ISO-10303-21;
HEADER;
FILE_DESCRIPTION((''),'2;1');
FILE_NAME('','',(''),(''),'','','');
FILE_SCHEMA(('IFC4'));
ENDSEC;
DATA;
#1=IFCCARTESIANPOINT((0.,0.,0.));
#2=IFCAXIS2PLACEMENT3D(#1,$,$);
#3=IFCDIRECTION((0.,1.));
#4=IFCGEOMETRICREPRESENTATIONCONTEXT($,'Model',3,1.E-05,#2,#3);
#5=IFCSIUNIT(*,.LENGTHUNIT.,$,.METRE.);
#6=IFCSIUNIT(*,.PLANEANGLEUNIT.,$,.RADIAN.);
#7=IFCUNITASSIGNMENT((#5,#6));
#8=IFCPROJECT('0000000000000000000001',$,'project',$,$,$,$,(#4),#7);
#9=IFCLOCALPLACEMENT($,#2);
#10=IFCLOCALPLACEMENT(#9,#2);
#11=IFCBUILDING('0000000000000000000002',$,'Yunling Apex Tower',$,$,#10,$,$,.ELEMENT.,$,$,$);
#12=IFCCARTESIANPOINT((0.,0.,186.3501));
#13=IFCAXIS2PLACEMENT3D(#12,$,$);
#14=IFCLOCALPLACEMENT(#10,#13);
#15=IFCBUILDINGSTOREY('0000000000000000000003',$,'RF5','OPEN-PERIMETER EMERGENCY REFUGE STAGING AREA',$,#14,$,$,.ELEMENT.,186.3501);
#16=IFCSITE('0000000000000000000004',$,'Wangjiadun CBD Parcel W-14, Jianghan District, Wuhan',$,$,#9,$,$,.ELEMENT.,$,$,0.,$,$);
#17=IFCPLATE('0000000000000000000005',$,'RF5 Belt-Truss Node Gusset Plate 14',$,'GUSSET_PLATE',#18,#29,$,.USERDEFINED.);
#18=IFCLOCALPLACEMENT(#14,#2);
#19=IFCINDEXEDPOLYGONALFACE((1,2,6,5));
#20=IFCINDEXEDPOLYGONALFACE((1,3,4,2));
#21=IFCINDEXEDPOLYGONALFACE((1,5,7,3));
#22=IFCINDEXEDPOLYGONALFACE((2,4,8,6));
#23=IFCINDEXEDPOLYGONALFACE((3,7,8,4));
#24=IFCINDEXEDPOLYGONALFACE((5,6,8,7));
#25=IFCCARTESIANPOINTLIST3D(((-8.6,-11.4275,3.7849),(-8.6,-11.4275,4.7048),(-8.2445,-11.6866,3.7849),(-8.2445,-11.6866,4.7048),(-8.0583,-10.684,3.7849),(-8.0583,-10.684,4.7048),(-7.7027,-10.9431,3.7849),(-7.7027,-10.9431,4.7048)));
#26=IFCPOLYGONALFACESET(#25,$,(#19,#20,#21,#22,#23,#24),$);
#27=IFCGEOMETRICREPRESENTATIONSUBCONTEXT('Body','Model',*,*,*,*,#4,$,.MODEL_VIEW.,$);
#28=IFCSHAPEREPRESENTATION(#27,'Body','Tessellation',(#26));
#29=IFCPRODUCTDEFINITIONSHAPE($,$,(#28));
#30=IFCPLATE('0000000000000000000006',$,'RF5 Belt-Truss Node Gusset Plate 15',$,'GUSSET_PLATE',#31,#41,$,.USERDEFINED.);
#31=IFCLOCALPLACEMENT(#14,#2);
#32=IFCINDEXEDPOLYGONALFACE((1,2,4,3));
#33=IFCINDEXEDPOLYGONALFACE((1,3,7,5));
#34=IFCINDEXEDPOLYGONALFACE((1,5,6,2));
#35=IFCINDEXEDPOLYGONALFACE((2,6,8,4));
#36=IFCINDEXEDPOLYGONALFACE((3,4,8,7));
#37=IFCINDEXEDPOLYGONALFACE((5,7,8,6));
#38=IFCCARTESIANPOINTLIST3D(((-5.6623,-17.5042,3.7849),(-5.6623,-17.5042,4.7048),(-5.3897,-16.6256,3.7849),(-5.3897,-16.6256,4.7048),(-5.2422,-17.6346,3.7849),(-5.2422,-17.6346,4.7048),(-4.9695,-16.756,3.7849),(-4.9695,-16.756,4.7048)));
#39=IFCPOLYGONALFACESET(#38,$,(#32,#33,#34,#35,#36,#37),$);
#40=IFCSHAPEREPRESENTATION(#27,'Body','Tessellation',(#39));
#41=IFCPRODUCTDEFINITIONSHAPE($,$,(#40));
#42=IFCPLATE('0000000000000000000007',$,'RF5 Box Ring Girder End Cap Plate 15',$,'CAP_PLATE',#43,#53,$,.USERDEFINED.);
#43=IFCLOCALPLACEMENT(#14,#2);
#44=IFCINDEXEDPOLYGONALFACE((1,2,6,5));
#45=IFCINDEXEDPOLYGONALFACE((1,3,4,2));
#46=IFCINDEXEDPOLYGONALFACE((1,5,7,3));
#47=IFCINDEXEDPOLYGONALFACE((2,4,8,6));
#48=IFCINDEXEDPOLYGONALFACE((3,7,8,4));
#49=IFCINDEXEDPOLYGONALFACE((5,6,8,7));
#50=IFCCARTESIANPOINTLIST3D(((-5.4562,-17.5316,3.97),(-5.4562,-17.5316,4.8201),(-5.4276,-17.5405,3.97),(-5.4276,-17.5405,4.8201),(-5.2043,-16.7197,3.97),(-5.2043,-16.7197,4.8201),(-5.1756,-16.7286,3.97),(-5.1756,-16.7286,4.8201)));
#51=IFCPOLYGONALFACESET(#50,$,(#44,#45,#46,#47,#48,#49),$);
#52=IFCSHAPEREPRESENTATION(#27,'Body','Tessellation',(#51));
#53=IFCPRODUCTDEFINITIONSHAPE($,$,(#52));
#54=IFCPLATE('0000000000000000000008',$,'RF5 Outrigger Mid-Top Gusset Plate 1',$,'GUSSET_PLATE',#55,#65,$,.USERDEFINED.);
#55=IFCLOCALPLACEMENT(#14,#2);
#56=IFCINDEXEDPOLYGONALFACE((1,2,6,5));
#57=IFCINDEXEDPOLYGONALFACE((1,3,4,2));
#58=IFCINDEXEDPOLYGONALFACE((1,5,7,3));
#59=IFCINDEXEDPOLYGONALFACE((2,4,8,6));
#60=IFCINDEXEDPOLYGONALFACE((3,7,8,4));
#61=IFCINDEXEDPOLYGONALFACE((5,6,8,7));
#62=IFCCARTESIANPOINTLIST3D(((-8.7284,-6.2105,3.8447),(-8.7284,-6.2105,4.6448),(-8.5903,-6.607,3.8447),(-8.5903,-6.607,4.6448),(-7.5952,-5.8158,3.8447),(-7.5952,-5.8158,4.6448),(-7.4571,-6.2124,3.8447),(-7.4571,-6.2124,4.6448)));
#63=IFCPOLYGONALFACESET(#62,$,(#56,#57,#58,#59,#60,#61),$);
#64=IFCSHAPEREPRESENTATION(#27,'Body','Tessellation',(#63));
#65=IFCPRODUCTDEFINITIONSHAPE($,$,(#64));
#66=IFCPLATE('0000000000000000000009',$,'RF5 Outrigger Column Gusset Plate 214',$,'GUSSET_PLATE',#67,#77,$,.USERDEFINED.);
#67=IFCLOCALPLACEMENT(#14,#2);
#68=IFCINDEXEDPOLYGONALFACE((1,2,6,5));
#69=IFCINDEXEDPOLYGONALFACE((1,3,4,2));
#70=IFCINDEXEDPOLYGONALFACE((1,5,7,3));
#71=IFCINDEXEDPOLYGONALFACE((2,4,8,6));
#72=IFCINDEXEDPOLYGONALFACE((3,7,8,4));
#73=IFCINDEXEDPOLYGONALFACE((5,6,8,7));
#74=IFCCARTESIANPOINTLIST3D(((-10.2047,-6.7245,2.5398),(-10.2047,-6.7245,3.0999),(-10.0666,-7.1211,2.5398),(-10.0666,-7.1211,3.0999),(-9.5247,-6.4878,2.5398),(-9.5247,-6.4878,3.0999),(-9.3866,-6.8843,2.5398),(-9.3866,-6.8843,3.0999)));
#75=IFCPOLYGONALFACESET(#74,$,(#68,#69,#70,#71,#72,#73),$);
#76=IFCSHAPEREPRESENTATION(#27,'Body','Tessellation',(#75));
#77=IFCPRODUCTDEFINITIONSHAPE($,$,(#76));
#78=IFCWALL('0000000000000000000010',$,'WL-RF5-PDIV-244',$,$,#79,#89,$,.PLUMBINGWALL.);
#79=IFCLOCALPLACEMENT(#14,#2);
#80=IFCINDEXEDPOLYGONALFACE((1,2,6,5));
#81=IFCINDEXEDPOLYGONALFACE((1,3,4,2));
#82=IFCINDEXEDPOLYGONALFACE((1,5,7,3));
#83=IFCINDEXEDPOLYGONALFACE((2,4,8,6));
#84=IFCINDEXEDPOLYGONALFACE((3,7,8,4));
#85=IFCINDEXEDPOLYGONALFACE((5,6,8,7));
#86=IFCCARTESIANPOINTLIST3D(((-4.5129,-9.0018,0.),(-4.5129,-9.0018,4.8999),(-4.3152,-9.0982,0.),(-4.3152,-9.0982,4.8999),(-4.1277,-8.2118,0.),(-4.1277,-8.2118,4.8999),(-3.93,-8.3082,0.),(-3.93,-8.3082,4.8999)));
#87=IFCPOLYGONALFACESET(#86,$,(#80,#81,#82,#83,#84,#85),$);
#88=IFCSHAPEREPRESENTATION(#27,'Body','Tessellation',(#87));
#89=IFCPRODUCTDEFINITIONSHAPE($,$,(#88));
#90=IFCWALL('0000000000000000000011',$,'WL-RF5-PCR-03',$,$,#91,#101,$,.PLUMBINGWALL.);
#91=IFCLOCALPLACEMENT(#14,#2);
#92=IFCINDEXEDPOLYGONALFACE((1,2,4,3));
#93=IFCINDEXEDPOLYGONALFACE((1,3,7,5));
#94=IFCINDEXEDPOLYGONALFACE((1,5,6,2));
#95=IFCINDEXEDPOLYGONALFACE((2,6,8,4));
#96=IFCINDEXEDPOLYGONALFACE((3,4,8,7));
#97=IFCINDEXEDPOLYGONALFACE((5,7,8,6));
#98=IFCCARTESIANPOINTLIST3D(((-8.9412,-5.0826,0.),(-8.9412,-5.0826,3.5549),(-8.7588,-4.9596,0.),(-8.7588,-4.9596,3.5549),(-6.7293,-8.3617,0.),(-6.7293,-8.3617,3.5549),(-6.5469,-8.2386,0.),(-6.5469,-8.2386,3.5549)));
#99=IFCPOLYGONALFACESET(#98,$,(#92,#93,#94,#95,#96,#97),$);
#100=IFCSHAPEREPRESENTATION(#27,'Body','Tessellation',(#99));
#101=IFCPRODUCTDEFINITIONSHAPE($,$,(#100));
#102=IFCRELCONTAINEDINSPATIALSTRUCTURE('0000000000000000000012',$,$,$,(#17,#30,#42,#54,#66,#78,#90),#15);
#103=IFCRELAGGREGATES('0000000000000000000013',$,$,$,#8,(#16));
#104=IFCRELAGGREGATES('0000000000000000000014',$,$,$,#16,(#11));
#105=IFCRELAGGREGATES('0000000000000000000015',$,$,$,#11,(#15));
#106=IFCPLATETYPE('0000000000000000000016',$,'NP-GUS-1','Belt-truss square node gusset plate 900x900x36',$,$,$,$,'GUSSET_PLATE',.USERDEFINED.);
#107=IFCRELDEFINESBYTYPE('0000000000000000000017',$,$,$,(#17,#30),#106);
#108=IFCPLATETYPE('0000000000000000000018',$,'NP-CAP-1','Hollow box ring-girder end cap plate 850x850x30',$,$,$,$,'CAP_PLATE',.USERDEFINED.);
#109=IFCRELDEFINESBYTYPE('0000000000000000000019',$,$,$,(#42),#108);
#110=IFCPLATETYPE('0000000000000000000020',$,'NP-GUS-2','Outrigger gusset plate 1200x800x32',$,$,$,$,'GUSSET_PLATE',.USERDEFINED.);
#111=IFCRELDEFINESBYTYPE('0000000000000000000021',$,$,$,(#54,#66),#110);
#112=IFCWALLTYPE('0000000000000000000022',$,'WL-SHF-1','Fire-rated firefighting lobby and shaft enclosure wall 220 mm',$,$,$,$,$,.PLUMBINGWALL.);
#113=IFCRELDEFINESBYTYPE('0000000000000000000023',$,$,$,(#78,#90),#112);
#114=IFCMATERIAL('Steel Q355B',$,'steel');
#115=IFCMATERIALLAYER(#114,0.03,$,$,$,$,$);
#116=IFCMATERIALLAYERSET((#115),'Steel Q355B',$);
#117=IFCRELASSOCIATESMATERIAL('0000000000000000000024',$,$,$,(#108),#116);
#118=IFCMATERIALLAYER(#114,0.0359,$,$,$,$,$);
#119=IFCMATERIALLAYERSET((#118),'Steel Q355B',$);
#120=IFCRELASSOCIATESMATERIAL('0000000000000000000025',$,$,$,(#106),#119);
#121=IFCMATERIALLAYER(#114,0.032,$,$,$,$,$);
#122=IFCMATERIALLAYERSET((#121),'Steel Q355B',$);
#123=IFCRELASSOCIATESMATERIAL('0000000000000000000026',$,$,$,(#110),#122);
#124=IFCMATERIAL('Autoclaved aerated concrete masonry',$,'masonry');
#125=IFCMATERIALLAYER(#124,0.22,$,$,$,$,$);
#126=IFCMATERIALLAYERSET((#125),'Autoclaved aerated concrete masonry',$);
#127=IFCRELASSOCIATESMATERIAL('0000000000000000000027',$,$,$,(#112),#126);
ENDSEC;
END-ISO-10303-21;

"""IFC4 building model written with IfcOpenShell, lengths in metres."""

from ifc_helpers import new_model, si_unit, direction, frame, frame_2d, origin, origin_2d, place, context, subcontext, project, spatial, rectangle, extrude, source, transform, mapped, material, layer, layer_set, type_object, element, save


model = new_model("IFC4")

# Units and contexts
model_context = context("Model", 3, precision=1e-05, world=origin(), true_north=direction((0.0, 1.0)))
body_context = subcontext(model_context, "Body", "Model", "MODEL_VIEW")
ifc_project = project(units=[si_unit("LENGTHUNIT", "METRE"), si_unit("PLANEANGLEUNIT", "RADIAN")], contexts=[model_context])

# Site, building, storey
site_placement = place(None, origin())
site = spatial("IfcSite", under=ifc_project, at=site_placement, Name="Wangjiadun CBD Parcel W-14, Jianghan District, Wuhan", CompositionType="ELEMENT", RefElevation=0.0)
building_placement = place(site_placement, origin())
building = spatial("IfcBuilding", under=site, at=building_placement, Name="Yunling Apex Tower", CompositionType="ELEMENT")
storey_placement = place(building_placement, frame((0.0, 0.0, 186.3501)))
storey = spatial("IfcBuildingStorey", under=building, at=storey_placement, Name="RF5", Description="OPEN-PERIMETER EMERGENCY REFUGE STAGING AREA", CompositionType="ELEMENT", Elevation=186.3501)

# Shared definitions
ifc_material_1 = material(Name="Steel Q355B", Category="steel")

# Plates
ifc_layer_1 = layer(ifc_material_1, 0.03)
ifc_layer_set_1 = layer_set([ifc_layer_1], Name="Steel Q355B")
plate_type_1 = type_object("IfcPlateType", Name="NP-CAP-1", Description="Hollow box ring-girder end cap plate 850x850x30", ElementType="CAP_PLATE", PredefinedType="USERDEFINED", material=ifc_layer_set_1)
ifc_layer_2 = layer(ifc_material_1, 0.0359)
ifc_layer_set_2 = layer_set([ifc_layer_2], Name="Steel Q355B")
plate_type_2 = type_object("IfcPlateType", Name="NP-GUS-1", Description="Belt-truss square node gusset plate 900x900x36", ElementType="GUSSET_PLATE", PredefinedType="USERDEFINED", material=ifc_layer_set_2)
shared_shape_1 = source(origin(), body_context, "Body", "SweptSolid", [
    extrude(rectangle(XDim=0.9199, YDim=0.4399, at=origin_2d()), origin(), (0.0, 0.0, 1.0), 0.9199),
])
for number, where, z_axis, x_axis, name in (
    (1, (-8.1514, -11.1853, 3.7849), (0.0, 0.0, 1.0), (-0.588914, -0.808196, 0.0), "RF5 Belt-Truss Node Gusset Plate 14"),
    (2, (-5.3159, -17.1301, 3.7849), (0.0, 0.0, 1.0), (-0.296375, -0.955072, 0.0), "RF5 Belt-Truss Node Gusset Plate 15"),
):
    element("IfcPlate", number, at=place(storey_placement, frame(where, z_axis=z_axis, x_axis=x_axis)), inside=storey, type_object=plate_type_2, Name=name, ObjectType="GUSSET_PLATE", PredefinedType="USERDEFINED", context=body_context, shape_type="MappedRepresentation", body=[
        mapped(shared_shape_1, transform((0.0, 0.0, 0.0), scale=1.0)),
    ])
shared_shape_2 = source(origin(), body_context, "Body", "SweptSolid", [
    extrude(rectangle(XDim=0.8501, YDim=0.03, at=origin_2d()), origin(), (0.0, 0.0, 1.0), 0.8501),
])
plate_1_placement = place(storey_placement, frame((-5.3159, -17.1301, 3.97), z_axis=(0.0, 0.0, 1.0), x_axis=(-0.296375, -0.955072, 0.0)))
element("IfcPlate", 3, at=plate_1_placement, inside=storey, type_object=plate_type_1, Name="RF5 Box Ring Girder End Cap Plate 15", ObjectType="CAP_PLATE", PredefinedType="USERDEFINED", context=body_context, shape_type="MappedRepresentation", body=[
    mapped(shared_shape_2, transform((0.0, 0.0, 0.0), scale=1.0)),
])
ifc_layer_3 = layer(ifc_material_1, 0.032)
ifc_layer_set_3 = layer_set([ifc_layer_3], Name="Steel Q355B")
plate_type_3 = type_object("IfcPlateType", Name="NP-GUS-2", Description="Outrigger gusset plate 1200x800x32", ElementType="GUSSET_PLATE", PredefinedType="USERDEFINED", material=ifc_layer_set_3)
shared_shape_3 = source(origin(), body_context, "Body", "SweptSolid", [
    extrude(rectangle(XDim=1.2, YDim=0.4199, at=origin_2d()), origin(), (0.0, 0.0, 1.0), 0.8),
])
plate_2_placement = place(storey_placement, frame((-8.0928, -6.2114, 3.8447), z_axis=(0.0, 0.0, 1.0), x_axis=(-0.944376, -0.328867, 0.0)))
element("IfcPlate", 4, at=plate_2_placement, inside=storey, type_object=plate_type_3, Name="RF5 Outrigger Mid-Top Gusset Plate 1", ObjectType="GUSSET_PLATE", PredefinedType="USERDEFINED", context=body_context, shape_type="MappedRepresentation", body=[
    mapped(shared_shape_3, transform((0.0, 0.0, 0.0), scale=1.0)),
])
shared_shape_4 = source(origin(), body_context, "Body", "SweptSolid", [
    extrude(rectangle(XDim=0.72, YDim=0.4199, at=origin_2d()), origin(), (0.0, 0.0, 1.0), 0.5601),
])
plate_3_placement = place(storey_placement, frame((-9.7957, -6.8044, 2.5398), z_axis=(0.0, 0.0, 1.0), x_axis=(-0.944376, -0.328867, 0.0)))
element("IfcPlate", 5, at=plate_3_placement, inside=storey, type_object=plate_type_3, Name="RF5 Outrigger Column Gusset Plate 214", ObjectType="GUSSET_PLATE", PredefinedType="USERDEFINED", context=body_context, shape_type="MappedRepresentation", body=[
    mapped(shared_shape_4, transform((0.0, 0.0, 0.0), scale=1.0)),
])

# Walls
ifc_material_2 = material(Name="Autoclaved aerated concrete masonry", Category="masonry")
ifc_layer_4 = layer(ifc_material_2, 0.22)
ifc_layer_set_4 = layer_set([ifc_layer_4], Name="Autoclaved aerated concrete masonry")
wall_type = type_object("IfcWallType", Name="WL-SHF-1", Description="Fire-rated firefighting lobby and shaft enclosure wall 220 mm", PredefinedType="PLUMBINGWALL", material=ifc_layer_set_4)
wall_1_placement = place(storey_placement, frame((-4.0288, -8.26, 0.0), z_axis=(0.0, 0.0, 1.0), x_axis=(-0.438303, -0.898827, 0.0)))
element("IfcWall", 6, at=wall_1_placement, inside=storey, type_object=wall_type, Name="WL-RF5-PDIV-244", PredefinedType="PLUMBINGWALL", context=body_context, shape_type="SweptSolid", body=[
    extrude(rectangle(XDim=0.8789, YDim=0.22, at=frame_2d((0.4395, 0.0))), origin(), (0.0, 0.0, 1.0), 4.8999),
])
wall_2_placement = place(storey_placement, frame((-6.6382, -8.3, 0.0), z_axis=(0.0, 0.0, 1.0), x_axis=(-0.559222, 0.829018, 0.0)))
element("IfcWall", 7, at=wall_2_placement, inside=storey, type_object=wall_type, Name="WL-RF5-PCR-03", PredefinedType="PLUMBINGWALL", context=body_context, shape_type="SweptSolid", body=[
    extrude(rectangle(XDim=3.9553, YDim=0.22, at=frame_2d((1.9775, 0.0))), origin(), (0.0, 0.0, 1.0), 3.5549),
])

save(model, "model.ifc")
